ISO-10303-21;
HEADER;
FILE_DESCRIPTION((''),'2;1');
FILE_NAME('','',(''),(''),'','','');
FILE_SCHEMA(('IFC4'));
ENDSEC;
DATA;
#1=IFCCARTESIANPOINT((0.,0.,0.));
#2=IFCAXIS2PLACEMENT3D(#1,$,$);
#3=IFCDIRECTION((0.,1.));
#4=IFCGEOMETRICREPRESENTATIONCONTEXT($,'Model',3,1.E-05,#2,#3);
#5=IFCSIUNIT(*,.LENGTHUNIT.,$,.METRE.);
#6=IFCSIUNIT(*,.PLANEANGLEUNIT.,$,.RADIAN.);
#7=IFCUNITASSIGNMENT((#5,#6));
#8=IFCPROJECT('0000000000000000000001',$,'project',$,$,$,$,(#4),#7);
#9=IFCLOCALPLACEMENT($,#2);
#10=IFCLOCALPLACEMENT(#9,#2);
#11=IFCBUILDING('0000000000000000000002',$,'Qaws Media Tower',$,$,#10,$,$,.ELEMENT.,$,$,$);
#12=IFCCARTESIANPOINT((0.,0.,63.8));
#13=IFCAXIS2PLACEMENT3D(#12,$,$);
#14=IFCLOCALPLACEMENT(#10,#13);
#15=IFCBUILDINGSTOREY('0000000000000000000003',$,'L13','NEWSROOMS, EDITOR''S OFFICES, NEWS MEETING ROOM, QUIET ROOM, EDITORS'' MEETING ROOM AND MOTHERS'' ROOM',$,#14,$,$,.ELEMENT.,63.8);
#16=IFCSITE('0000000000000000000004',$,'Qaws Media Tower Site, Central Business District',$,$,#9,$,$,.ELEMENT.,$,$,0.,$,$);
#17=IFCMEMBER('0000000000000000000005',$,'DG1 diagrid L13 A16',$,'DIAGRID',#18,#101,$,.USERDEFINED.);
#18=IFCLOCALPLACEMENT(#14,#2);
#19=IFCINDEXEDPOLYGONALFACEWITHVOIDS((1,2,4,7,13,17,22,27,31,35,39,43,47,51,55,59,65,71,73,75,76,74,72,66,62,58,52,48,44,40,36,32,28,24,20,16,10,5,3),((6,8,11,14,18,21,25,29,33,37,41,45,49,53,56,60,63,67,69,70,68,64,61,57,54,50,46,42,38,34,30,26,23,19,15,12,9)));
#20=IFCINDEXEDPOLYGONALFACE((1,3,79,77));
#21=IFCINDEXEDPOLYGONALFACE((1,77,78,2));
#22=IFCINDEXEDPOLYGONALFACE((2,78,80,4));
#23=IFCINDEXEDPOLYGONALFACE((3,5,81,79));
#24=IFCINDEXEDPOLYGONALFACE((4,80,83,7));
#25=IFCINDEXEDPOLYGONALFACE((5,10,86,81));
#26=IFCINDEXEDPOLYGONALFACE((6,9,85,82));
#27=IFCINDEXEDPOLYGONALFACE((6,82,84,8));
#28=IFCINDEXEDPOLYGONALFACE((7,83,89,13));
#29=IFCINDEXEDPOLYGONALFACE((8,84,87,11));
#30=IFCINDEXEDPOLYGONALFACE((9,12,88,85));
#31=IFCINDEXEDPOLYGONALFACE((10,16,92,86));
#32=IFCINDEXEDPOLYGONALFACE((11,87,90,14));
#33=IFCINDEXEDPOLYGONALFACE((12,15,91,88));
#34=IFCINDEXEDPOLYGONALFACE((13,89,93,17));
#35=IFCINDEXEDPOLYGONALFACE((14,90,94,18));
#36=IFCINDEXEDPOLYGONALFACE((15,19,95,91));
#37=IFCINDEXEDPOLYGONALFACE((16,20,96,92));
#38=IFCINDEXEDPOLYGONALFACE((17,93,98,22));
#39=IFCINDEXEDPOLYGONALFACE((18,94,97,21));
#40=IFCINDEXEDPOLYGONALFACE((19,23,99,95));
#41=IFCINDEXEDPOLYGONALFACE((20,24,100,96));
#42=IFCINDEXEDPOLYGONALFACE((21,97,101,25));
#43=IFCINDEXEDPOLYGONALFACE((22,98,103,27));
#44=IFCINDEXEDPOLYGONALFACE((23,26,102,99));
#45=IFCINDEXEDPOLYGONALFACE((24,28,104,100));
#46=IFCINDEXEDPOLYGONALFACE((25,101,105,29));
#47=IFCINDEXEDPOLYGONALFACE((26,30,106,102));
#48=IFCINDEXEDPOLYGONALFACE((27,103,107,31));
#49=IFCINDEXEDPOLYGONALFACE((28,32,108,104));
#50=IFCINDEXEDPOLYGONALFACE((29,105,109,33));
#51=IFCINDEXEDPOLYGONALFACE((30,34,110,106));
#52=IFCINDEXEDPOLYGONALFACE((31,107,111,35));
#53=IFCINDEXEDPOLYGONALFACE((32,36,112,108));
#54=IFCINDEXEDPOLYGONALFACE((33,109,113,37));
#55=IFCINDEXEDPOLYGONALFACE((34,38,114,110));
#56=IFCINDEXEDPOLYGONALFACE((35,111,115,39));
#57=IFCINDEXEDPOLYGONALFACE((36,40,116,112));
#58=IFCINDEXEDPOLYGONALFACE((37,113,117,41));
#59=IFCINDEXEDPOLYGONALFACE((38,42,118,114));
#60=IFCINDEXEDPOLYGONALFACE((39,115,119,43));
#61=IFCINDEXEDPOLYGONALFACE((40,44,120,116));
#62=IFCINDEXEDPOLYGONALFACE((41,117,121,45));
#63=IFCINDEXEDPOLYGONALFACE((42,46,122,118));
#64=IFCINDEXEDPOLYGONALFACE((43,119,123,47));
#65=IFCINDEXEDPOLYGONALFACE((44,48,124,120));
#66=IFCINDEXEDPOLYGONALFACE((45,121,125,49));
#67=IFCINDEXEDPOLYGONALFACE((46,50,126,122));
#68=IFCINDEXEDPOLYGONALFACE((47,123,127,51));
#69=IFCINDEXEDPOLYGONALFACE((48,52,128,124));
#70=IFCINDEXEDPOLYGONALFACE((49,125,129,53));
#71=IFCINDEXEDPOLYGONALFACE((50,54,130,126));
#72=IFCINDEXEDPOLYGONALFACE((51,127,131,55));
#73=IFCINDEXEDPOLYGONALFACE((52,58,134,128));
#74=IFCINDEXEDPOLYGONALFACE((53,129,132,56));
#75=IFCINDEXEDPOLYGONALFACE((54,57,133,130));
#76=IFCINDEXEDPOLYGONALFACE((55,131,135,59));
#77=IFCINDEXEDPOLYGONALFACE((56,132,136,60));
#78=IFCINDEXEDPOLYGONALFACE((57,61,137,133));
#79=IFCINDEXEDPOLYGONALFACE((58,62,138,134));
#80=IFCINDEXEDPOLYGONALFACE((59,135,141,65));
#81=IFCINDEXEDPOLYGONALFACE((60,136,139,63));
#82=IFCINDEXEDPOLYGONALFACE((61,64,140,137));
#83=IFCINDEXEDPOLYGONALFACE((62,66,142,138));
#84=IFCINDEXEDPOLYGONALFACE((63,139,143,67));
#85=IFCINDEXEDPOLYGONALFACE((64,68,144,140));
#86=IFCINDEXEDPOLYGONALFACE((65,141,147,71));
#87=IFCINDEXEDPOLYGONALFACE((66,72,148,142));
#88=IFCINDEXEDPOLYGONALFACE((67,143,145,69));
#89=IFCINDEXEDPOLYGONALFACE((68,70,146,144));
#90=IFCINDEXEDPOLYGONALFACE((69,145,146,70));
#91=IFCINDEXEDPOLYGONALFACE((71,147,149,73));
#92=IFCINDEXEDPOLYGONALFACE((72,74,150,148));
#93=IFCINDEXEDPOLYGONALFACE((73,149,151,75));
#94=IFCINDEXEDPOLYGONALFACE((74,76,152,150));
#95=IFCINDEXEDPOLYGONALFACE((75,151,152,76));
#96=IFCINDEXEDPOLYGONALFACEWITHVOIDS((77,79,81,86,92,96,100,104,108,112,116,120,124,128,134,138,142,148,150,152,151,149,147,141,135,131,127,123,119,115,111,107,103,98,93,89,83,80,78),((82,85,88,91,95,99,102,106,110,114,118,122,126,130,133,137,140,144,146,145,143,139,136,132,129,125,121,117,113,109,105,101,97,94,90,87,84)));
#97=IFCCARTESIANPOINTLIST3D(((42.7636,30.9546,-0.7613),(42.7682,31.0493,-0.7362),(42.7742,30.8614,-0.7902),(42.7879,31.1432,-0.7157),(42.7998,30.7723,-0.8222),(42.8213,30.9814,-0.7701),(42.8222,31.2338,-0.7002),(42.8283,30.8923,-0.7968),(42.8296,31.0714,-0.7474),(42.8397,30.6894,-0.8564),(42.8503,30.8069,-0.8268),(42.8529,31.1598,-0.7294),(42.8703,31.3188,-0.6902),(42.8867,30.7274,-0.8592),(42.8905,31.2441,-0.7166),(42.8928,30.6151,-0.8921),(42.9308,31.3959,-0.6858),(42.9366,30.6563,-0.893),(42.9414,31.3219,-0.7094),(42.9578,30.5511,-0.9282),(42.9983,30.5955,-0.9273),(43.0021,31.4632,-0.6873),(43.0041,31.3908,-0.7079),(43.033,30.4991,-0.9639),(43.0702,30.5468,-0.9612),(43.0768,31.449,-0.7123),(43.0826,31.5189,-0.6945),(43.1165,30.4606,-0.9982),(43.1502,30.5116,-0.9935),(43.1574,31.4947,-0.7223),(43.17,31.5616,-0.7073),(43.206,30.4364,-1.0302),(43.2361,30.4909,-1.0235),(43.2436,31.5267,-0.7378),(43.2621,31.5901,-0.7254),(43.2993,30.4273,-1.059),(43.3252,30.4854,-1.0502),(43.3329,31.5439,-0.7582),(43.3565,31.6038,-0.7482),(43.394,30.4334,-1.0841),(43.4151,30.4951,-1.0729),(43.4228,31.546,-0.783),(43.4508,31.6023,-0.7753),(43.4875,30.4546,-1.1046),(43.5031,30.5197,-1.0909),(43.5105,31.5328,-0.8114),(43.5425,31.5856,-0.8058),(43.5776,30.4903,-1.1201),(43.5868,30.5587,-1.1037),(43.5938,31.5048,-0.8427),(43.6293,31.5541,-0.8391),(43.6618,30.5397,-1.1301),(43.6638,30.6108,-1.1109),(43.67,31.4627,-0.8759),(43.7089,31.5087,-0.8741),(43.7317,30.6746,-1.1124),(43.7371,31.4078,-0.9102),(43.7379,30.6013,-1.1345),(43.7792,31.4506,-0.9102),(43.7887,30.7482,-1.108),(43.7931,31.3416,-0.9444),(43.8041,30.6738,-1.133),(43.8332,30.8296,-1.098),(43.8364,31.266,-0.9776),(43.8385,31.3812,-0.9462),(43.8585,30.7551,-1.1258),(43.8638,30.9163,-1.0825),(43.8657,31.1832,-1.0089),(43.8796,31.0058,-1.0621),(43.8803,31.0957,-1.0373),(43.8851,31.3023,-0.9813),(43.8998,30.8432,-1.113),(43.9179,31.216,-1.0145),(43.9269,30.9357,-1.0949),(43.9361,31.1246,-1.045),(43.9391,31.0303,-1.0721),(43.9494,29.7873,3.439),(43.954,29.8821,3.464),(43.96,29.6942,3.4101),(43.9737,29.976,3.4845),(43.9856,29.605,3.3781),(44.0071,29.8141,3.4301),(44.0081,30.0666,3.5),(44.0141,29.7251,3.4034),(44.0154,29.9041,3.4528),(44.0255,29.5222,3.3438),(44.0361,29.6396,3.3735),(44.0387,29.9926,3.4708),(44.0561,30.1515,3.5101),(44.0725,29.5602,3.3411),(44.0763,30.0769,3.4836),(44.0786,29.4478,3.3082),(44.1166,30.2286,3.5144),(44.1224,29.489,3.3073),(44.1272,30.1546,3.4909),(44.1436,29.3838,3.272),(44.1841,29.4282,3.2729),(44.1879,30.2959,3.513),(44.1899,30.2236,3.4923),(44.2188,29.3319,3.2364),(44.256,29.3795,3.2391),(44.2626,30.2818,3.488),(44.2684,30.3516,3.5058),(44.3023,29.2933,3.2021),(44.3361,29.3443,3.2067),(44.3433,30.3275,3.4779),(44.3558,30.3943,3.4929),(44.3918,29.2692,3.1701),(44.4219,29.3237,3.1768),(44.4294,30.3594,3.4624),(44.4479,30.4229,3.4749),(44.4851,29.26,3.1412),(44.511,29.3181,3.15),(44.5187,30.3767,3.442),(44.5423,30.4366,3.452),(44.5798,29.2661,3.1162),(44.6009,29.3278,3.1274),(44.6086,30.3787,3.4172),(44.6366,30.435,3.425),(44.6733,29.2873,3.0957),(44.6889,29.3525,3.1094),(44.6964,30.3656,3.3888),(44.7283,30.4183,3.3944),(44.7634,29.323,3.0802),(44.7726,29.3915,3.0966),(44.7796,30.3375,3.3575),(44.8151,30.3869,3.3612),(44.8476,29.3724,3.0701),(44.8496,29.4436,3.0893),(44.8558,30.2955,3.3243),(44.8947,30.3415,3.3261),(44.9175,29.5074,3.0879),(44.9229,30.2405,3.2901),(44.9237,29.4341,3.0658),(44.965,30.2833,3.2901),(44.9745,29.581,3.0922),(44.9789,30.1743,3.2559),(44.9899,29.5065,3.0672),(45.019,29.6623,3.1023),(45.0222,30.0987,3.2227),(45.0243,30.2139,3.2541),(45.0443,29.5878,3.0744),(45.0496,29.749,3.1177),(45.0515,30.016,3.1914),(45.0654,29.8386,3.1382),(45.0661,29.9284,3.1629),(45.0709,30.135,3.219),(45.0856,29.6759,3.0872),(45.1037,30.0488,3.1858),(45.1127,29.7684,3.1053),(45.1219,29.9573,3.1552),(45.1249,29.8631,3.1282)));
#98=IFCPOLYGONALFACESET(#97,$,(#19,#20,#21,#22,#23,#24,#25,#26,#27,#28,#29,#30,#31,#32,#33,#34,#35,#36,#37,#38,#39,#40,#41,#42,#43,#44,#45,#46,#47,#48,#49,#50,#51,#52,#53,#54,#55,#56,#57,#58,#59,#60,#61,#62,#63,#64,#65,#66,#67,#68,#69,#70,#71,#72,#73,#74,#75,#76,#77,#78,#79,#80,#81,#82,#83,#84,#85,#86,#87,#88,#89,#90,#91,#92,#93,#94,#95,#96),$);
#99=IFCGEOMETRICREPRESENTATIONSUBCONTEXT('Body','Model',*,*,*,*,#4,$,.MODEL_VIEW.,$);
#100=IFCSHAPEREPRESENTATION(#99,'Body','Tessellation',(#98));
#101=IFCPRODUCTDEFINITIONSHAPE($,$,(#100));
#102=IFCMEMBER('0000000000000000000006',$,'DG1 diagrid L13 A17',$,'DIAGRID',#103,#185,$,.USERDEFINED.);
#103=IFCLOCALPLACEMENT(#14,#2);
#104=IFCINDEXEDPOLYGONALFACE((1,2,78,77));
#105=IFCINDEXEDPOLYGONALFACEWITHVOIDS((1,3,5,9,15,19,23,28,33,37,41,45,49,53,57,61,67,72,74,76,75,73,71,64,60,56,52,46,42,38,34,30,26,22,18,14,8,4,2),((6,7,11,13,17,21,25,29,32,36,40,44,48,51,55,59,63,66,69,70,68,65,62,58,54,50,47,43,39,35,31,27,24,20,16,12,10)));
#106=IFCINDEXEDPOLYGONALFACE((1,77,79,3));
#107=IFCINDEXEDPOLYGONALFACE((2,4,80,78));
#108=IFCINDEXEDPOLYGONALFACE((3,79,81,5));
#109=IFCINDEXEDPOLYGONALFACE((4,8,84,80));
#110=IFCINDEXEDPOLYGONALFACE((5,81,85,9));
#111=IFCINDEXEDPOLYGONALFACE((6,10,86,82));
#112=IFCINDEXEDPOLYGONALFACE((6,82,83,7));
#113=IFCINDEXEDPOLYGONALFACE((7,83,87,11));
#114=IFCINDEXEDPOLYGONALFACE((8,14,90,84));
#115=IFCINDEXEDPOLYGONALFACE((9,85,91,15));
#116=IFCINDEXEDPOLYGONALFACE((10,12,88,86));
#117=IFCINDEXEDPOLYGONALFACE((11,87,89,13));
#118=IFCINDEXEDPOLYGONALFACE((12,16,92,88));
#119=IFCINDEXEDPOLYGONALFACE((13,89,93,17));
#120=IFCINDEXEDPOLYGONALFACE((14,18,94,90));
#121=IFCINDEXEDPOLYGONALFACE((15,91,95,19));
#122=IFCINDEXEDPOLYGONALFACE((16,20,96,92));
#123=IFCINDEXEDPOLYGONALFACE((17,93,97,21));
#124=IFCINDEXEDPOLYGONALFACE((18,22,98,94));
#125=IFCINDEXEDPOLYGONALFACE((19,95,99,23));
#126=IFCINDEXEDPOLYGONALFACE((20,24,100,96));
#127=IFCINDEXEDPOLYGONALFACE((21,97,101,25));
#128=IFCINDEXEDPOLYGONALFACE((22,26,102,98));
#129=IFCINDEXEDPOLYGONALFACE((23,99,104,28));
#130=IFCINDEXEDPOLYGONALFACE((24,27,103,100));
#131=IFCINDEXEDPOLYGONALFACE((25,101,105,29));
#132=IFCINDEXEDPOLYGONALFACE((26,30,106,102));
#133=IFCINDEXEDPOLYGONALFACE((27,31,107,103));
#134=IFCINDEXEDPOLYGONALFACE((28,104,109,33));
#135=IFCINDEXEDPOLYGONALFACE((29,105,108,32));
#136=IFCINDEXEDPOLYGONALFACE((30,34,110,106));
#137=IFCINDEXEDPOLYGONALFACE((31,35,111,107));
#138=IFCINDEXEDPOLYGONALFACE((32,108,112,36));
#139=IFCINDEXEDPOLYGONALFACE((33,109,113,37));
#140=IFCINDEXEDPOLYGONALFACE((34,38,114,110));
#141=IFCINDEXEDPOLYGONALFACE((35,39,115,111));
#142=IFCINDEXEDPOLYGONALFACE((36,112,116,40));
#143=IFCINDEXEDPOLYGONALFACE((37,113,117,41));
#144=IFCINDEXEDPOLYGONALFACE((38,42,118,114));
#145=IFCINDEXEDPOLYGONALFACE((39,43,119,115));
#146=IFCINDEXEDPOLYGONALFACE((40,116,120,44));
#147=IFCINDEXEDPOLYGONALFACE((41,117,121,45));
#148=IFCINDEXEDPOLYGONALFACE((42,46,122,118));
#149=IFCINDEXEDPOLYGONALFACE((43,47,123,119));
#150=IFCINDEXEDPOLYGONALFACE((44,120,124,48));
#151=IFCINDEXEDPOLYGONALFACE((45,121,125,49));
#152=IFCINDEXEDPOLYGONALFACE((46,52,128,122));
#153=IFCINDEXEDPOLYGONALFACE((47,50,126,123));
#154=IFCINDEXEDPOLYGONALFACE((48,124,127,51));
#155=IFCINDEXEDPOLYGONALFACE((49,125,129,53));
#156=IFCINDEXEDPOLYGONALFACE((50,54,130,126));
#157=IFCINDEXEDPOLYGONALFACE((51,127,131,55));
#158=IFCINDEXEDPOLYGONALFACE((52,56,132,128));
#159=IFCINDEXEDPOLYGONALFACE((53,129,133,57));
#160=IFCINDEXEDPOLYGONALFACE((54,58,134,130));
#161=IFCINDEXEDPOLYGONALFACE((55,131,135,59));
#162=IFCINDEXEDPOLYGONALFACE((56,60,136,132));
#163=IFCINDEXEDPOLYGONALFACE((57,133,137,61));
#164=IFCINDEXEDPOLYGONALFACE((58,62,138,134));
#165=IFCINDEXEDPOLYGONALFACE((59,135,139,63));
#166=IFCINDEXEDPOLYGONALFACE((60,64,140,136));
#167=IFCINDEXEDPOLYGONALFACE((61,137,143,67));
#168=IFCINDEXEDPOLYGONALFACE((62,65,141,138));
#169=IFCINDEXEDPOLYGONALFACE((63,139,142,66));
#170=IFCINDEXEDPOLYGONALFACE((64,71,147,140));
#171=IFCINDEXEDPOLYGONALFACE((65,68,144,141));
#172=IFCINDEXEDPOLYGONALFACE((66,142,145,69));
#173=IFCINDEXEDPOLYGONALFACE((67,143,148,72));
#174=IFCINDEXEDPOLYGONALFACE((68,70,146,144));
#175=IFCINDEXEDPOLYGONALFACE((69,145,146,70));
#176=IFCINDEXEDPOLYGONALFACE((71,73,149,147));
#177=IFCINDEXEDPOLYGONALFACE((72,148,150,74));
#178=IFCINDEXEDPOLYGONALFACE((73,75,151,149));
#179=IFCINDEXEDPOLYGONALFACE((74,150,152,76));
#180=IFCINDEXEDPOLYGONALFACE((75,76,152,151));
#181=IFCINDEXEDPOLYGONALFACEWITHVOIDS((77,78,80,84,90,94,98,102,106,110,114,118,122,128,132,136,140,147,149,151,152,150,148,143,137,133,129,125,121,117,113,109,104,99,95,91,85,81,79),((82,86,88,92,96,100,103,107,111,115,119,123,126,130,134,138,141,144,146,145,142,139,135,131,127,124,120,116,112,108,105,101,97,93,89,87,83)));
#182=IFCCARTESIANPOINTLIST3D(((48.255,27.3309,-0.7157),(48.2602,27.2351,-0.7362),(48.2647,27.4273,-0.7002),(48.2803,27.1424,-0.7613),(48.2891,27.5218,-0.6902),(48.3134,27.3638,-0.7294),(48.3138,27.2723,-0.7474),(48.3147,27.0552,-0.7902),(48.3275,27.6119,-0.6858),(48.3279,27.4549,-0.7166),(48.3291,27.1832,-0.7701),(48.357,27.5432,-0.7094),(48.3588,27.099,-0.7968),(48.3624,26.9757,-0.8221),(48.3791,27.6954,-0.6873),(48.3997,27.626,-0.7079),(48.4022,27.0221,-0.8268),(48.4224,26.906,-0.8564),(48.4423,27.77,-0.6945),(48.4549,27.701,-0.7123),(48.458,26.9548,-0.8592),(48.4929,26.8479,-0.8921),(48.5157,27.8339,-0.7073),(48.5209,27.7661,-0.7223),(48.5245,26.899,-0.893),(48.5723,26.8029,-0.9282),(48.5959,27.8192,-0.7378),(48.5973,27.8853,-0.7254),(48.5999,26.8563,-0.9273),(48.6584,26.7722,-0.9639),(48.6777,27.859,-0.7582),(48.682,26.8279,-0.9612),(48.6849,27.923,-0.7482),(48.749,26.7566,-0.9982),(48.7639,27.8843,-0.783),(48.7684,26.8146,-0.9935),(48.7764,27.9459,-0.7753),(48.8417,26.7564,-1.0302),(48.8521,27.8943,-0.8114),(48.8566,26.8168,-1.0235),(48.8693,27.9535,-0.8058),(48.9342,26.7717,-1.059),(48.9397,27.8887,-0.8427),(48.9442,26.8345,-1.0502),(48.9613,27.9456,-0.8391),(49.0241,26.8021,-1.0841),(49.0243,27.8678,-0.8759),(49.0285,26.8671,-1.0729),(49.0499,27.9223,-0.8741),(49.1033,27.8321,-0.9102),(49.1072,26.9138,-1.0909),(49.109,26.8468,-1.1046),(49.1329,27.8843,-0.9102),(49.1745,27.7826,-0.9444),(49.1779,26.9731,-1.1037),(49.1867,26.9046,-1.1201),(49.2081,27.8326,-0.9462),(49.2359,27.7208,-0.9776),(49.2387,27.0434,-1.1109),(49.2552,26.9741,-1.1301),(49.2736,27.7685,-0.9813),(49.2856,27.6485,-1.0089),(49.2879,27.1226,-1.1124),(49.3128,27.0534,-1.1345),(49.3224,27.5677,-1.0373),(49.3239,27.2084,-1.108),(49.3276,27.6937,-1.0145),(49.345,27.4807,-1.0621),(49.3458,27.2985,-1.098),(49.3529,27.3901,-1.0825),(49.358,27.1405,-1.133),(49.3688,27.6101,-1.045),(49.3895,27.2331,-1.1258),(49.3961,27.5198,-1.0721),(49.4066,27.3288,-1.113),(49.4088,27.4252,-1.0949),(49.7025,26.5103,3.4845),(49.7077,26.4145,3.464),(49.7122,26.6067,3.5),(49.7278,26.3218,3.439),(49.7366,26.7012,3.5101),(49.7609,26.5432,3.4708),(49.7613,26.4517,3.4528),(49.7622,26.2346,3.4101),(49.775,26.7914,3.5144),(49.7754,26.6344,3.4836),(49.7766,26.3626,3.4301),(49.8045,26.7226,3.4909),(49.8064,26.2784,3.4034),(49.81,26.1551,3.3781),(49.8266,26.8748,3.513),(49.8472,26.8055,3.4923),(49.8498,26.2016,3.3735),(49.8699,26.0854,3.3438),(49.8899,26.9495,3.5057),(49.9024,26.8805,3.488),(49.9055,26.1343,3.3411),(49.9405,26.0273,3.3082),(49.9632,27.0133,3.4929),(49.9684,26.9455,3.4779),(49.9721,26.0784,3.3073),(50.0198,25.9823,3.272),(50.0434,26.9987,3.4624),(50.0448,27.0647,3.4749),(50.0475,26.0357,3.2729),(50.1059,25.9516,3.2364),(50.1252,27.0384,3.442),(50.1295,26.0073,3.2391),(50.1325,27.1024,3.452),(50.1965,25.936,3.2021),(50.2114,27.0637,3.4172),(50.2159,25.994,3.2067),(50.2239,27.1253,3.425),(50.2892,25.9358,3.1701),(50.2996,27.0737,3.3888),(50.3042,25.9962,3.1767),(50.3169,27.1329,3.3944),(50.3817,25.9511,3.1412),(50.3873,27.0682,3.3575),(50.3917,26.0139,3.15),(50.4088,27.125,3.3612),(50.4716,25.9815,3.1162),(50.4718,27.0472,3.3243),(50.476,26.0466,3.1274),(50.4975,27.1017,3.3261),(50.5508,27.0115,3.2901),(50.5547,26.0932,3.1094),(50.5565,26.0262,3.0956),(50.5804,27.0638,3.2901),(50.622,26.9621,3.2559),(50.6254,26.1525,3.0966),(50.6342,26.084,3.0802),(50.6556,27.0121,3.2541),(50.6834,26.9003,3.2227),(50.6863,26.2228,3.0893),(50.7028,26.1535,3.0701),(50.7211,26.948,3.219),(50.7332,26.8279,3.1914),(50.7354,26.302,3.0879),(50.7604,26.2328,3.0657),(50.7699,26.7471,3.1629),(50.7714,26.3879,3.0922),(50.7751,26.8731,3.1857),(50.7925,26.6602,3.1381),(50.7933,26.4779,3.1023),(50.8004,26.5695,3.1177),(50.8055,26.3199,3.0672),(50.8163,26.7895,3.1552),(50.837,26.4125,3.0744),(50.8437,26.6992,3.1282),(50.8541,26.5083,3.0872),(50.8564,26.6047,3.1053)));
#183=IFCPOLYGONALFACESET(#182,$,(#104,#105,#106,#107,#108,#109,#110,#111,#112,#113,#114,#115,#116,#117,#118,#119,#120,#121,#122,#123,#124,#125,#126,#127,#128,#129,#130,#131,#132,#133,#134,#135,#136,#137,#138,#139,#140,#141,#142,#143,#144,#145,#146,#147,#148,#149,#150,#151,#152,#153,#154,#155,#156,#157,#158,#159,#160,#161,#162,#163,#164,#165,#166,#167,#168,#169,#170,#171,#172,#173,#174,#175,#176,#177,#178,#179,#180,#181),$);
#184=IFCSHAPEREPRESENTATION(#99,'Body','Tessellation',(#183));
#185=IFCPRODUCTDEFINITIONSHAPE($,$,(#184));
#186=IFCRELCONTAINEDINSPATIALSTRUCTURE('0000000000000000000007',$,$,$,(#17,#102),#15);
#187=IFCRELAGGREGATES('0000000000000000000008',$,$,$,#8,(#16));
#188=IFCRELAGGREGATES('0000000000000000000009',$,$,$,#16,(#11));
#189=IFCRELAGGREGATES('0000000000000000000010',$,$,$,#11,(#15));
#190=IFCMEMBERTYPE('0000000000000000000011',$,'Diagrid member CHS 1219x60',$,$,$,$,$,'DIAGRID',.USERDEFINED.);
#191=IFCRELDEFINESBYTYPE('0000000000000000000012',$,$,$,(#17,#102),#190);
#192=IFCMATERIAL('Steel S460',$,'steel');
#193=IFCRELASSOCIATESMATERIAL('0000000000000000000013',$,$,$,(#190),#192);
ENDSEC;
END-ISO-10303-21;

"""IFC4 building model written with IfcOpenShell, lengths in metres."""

from ifc_helpers import new_model, si_unit, direction, frame, origin, origin_2d, place, context, subcontext, project, spatial, hollow_circle, extrude, material, material_profile, profile_set, type_object, element, save


model = new_model("IFC4")

# Units and contexts
model_context = context("Model", 3, precision=1e-05, world=origin(), true_north=direction((0.0, 1.0)))
body_context = subcontext(model_context, "Body", "Model", "MODEL_VIEW")
ifc_project = project(units=[si_unit("LENGTHUNIT", "METRE"), si_unit("PLANEANGLEUNIT", "RADIAN")], contexts=[model_context])

# Site, building, storey
site_placement = place(None, origin())
site = spatial("IfcSite", under=ifc_project, at=site_placement, Name="Qaws Media Tower Site, Central Business District", CompositionType="ELEMENT", RefElevation=0.0)
building_placement = place(site_placement, origin())
building = spatial("IfcBuilding", under=site, at=building_placement, Name="Qaws Media Tower", CompositionType="ELEMENT")
storey_placement = place(building_placement, frame((0.0, 0.0, 63.8)))
storey = spatial("IfcBuildingStorey", under=building, at=storey_placement, Name="L13", Description="NEWSROOMS, EDITOR'S OFFICES, NEWS MEETING ROOM, QUIET ROOM, EDITORS' MEETING ROOM AND MOTHERS' ROOM", CompositionType="ELEMENT", Elevation=63.8)

# Members
ifc_material_1 = material(Name="Steel S460", Category="steel")
ifc_material_profile_1 = material_profile(ifc_material_1, hollow_circle(Radius=0.6096, WallThickness=0.0601, at=origin_2d()), Name="CHS 1219x60")
ifc_profile_set_1 = profile_set([ifc_material_profile_1], Name="Steel S460")
member_type_1 = type_object("IfcMemberType", Name="Diagrid member CHS 1219x60", ElementType="DIAGRID", PredefinedType="USERDEFINED", material=ifc_profile_set_1)
for number, where, z_axis, x_axis, name in (
    (1, (43.3516, 31.0161, -0.9102), (0.262473, -0.258366, 0.929707), (0.701509, 0.71266, 0.0), "DG1 diagrid L13 A16"),
    (2, (48.8323, 27.354, -0.9102), (0.320404, -0.181629, 0.929706), (0.49315, 0.869945, 0.0), "DG1 diagrid L13 A17"),
):
    element("IfcMember", number, at=place(storey_placement, frame(where, z_axis=z_axis, x_axis=x_axis)), inside=storey, type_object=member_type_1, Name=name, ObjectType="DIAGRID", PredefinedType="USERDEFINED", context=body_context, shape_type="SweptSolid", body=[
        extrude(hollow_circle(Radius=0.6096, WallThickness=0.0601, at=origin_2d()), origin(), (0.0, 0.0, 1.0), 4.5178),
    ])

save(model, "model.ifc")
